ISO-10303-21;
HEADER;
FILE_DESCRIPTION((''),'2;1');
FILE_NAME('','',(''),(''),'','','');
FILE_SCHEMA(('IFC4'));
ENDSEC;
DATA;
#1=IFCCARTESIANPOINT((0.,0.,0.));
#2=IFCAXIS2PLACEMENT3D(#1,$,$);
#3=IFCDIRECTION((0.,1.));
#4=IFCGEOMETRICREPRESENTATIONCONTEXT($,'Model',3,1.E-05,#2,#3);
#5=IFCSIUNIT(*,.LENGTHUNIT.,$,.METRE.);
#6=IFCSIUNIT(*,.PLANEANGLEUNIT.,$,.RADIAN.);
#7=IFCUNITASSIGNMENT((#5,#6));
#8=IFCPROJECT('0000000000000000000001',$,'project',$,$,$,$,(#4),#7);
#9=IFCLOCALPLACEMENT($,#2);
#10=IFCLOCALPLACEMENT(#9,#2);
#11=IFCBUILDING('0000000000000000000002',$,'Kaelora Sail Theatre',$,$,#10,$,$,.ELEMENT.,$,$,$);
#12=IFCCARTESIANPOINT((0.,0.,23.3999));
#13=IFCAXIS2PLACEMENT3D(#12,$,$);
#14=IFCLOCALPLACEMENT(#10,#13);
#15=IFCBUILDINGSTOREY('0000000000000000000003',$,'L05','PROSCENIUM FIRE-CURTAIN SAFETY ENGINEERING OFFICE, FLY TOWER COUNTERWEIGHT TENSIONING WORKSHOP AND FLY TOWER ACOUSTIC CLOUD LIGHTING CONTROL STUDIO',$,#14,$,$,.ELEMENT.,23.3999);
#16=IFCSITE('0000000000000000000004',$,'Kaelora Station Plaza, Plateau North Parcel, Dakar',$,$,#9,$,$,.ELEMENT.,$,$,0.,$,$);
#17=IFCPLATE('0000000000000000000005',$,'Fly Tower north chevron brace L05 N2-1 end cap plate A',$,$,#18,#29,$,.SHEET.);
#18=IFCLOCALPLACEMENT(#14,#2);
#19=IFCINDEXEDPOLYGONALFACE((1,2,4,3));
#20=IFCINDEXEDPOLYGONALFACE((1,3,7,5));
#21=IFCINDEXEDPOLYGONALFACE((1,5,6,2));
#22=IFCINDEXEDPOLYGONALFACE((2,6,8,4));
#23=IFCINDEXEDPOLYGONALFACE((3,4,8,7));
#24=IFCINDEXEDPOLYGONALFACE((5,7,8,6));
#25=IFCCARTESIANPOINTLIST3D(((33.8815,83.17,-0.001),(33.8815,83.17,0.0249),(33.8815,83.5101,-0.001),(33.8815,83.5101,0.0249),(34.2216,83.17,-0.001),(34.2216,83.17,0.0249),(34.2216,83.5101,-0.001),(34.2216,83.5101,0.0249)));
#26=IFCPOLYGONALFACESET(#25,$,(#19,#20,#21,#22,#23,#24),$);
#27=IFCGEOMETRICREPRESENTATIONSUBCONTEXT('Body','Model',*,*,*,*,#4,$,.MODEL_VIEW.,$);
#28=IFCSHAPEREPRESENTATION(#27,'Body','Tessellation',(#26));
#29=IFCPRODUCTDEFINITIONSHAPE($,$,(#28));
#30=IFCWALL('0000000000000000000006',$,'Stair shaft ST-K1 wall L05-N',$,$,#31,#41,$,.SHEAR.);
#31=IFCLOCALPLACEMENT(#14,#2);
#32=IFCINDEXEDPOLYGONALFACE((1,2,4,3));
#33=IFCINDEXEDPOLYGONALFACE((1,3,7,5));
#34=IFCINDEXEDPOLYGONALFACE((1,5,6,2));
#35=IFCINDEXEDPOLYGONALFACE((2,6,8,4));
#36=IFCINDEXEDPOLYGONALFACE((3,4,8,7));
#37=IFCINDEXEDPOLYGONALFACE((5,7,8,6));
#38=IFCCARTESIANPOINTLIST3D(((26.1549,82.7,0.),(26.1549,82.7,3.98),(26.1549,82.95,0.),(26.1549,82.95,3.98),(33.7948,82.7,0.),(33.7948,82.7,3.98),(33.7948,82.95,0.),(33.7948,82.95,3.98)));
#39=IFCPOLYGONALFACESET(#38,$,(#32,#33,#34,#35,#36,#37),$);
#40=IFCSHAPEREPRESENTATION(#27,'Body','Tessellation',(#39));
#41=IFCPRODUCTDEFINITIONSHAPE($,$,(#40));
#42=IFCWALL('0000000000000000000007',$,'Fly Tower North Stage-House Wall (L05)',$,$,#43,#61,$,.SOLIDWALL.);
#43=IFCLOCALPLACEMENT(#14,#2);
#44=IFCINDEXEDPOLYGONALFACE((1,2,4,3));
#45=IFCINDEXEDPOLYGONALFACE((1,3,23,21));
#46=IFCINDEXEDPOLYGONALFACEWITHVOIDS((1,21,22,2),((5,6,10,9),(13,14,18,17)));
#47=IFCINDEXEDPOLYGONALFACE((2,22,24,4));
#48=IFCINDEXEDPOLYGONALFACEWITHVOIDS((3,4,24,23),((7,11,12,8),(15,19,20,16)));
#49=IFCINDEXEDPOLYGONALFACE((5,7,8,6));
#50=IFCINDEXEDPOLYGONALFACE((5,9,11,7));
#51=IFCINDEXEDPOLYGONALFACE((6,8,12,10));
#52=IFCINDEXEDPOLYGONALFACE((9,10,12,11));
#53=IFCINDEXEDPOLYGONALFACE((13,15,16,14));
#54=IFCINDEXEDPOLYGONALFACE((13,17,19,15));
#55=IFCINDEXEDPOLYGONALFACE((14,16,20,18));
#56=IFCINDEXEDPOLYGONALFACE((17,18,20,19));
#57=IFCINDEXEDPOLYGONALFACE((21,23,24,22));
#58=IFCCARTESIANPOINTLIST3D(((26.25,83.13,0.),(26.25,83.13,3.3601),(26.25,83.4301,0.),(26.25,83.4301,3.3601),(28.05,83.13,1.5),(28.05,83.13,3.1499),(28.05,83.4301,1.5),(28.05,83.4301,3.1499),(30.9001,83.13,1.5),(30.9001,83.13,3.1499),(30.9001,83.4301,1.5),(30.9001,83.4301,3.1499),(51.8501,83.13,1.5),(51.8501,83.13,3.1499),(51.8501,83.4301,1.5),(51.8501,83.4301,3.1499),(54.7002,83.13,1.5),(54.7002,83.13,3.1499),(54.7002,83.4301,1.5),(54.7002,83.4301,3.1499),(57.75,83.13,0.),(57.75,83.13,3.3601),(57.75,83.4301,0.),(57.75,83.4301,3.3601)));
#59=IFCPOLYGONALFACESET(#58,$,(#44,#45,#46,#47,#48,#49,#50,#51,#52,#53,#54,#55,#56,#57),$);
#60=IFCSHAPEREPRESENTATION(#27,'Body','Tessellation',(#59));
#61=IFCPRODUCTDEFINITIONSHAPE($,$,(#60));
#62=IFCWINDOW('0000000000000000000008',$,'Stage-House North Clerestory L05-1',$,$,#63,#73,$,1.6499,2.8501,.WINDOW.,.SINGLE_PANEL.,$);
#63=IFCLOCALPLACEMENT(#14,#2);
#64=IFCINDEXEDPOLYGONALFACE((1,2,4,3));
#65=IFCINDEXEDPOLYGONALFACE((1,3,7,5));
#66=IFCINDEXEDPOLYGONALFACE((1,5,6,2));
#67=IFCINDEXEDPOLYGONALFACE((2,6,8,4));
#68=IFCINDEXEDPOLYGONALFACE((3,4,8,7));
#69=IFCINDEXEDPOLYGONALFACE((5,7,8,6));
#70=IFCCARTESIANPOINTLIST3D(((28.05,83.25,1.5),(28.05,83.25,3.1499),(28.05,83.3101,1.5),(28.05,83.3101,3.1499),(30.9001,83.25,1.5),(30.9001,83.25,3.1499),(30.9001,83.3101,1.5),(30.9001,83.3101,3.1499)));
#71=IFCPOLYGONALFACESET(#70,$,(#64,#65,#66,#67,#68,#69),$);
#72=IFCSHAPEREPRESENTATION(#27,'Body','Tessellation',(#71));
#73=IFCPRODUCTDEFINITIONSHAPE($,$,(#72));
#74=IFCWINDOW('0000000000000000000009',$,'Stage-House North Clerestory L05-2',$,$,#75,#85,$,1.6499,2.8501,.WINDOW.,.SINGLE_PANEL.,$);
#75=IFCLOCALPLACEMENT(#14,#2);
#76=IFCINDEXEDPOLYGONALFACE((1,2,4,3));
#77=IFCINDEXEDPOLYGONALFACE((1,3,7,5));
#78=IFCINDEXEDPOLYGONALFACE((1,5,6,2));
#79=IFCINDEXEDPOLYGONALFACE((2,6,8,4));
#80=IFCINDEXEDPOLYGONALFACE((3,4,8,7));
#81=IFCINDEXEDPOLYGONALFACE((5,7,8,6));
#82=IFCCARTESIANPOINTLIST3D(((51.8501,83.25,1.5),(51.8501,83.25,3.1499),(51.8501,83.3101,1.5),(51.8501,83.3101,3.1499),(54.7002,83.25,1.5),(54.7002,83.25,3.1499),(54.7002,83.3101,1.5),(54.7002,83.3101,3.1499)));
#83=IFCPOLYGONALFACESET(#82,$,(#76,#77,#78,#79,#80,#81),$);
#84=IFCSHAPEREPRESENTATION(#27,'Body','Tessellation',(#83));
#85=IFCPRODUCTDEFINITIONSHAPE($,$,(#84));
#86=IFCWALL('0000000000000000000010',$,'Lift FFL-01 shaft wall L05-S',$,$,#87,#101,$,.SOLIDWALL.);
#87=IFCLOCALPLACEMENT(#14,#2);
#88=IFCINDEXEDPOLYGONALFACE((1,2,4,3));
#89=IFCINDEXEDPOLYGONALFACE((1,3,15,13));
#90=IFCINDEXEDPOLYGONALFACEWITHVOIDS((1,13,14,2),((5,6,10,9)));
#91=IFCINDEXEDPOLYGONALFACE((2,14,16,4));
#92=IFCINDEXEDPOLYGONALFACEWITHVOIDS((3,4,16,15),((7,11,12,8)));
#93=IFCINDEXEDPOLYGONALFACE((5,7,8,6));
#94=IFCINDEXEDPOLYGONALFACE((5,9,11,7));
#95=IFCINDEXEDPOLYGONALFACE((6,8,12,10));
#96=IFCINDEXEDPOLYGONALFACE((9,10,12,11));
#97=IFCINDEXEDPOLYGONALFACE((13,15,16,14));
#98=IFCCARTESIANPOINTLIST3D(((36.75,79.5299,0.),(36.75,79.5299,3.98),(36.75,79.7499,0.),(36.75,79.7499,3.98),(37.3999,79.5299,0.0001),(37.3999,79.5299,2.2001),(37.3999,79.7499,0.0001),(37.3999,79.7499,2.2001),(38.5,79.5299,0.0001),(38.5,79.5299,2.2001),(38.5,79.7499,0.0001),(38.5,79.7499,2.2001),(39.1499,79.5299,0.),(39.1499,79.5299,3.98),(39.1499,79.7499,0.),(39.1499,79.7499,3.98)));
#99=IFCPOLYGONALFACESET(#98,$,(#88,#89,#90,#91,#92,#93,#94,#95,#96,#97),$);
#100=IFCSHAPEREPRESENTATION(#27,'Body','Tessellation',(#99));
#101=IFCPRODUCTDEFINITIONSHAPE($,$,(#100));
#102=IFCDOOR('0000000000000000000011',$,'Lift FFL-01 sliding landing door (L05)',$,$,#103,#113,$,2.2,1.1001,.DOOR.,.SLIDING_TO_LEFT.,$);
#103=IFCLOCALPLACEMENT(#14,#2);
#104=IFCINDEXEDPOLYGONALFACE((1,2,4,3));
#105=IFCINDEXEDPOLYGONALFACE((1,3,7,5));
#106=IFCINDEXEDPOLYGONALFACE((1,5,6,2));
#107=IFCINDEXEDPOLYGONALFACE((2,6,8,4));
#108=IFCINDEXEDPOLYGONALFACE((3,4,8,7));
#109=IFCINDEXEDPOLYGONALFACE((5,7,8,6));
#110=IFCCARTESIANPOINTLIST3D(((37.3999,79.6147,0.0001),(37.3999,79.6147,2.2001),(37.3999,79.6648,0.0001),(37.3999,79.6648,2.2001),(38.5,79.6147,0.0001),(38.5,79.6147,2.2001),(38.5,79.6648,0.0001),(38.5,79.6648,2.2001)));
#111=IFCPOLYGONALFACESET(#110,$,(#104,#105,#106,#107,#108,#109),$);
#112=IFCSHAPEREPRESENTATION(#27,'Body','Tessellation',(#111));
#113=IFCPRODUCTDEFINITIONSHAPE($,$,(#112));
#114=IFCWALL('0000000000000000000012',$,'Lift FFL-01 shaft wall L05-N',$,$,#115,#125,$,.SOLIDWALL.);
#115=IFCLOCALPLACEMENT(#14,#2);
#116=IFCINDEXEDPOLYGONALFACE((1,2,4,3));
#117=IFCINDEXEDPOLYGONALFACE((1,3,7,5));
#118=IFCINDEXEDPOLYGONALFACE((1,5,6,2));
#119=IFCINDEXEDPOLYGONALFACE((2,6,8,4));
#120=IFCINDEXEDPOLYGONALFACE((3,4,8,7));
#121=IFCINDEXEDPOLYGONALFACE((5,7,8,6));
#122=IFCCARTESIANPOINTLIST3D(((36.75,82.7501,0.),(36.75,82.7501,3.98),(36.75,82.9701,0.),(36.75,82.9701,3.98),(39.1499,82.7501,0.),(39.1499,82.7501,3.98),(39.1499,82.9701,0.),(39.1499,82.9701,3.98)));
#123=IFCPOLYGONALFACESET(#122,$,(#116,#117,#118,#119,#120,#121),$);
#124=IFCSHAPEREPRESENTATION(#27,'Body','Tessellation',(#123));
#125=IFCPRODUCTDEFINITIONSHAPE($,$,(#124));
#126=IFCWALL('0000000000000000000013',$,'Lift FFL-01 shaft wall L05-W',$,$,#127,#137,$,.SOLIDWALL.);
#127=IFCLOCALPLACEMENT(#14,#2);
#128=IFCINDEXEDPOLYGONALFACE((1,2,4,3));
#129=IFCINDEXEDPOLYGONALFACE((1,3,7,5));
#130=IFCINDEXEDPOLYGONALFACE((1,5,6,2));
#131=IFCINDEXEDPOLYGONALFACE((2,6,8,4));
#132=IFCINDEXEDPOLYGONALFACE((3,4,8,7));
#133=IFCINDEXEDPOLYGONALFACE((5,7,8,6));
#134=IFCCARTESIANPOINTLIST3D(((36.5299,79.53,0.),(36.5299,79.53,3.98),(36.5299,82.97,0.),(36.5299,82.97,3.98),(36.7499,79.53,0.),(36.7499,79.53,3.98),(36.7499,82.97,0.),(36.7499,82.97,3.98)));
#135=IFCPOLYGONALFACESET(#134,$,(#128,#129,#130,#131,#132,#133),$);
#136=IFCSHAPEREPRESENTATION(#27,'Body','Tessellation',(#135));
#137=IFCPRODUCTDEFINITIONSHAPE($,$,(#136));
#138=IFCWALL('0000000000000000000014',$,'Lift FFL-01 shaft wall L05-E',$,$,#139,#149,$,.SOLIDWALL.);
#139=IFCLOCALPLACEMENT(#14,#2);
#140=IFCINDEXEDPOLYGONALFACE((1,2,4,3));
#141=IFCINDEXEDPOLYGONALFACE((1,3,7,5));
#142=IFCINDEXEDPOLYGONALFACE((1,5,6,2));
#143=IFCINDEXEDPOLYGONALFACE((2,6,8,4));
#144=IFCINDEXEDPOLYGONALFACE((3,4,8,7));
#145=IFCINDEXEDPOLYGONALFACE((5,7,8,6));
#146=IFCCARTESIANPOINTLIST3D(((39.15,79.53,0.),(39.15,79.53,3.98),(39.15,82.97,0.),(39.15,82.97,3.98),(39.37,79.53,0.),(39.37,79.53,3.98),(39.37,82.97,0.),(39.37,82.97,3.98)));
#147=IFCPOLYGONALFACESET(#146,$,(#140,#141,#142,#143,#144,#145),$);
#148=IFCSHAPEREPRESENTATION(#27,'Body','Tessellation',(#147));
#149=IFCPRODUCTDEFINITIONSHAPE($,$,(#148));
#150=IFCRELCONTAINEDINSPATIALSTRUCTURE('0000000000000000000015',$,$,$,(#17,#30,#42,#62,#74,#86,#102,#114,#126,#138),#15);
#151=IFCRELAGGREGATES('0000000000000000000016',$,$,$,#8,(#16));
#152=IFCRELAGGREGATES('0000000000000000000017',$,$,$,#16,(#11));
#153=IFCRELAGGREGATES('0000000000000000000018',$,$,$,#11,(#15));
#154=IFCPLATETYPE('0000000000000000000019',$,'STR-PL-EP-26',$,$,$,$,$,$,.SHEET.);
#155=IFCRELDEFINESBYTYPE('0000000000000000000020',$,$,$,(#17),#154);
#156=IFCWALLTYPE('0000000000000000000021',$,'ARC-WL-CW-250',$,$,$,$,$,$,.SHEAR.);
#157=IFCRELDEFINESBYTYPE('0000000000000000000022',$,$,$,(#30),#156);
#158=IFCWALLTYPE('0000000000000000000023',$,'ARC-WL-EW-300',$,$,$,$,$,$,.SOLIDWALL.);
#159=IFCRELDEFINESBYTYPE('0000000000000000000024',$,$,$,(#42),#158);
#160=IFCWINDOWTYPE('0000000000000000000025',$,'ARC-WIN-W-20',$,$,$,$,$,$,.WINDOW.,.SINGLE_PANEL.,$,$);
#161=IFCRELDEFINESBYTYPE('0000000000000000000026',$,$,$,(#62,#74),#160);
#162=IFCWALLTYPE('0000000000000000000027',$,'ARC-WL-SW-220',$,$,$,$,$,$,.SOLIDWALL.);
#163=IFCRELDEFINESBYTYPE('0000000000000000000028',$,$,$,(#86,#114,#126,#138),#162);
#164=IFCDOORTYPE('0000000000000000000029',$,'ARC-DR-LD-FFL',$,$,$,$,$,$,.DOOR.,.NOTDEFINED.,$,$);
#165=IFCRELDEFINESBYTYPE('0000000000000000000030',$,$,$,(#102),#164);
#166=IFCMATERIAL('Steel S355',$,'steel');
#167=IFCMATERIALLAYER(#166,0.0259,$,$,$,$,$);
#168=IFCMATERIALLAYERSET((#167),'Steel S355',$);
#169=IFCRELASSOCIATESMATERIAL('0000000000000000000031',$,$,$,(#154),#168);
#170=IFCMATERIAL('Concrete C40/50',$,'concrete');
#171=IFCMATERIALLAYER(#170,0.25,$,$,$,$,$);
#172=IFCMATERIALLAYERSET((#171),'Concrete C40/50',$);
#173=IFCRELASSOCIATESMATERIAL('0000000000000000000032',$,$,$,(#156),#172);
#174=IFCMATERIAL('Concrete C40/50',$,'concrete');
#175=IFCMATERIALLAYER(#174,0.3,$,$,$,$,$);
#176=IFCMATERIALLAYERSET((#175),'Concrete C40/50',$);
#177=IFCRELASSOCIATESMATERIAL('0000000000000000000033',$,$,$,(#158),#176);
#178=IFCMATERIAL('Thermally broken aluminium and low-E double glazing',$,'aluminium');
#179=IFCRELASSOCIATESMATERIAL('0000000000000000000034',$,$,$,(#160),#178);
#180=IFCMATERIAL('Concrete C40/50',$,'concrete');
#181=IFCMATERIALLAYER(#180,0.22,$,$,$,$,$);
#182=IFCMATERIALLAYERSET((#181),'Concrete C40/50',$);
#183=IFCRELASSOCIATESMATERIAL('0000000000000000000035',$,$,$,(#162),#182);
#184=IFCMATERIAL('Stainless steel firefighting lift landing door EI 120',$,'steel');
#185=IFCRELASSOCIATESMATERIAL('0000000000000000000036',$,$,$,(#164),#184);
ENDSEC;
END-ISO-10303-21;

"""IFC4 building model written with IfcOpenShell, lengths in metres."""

from ifc_helpers import new_model, si_unit, direction, frame, frame_2d, origin, origin_2d, place, context, subcontext, project, spatial, rectangle, extrude, material, layer, layer_set, type_object, element, fill, save


model = new_model("IFC4")

# Units and contexts
model_context = context("Model", 3, precision=1e-05, world=origin(), true_north=direction((0.0, 1.0)))
body_context = subcontext(model_context, "Body", "Model", "MODEL_VIEW")
ifc_project = project(units=[si_unit("LENGTHUNIT", "METRE"), si_unit("PLANEANGLEUNIT", "RADIAN")], contexts=[model_context])

# Site, building, storey
site_placement = place(None, origin())
site = spatial("IfcSite", under=ifc_project, at=site_placement, Name="Kaelora Station Plaza, Plateau North Parcel, Dakar", CompositionType="ELEMENT", RefElevation=0.0)
building_placement = place(site_placement, origin())
building = spatial("IfcBuilding", under=site, at=building_placement, Name="Kaelora Sail Theatre", CompositionType="ELEMENT")
storey_placement = place(building_placement, frame((0.0, 0.0, 23.3999)))
storey = spatial("IfcBuildingStorey", under=building, at=storey_placement, Name="L05", Description="PROSCENIUM FIRE-CURTAIN SAFETY ENGINEERING OFFICE, FLY TOWER COUNTERWEIGHT TENSIONING WORKSHOP AND FLY TOWER ACOUSTIC CLOUD LIGHTING CONTROL STUDIO", CompositionType="ELEMENT", Elevation=23.3999)

# Plate
ifc_material_1 = material(Name="Steel S355", Category="steel")
ifc_layer_1 = layer(ifc_material_1, 0.0259)
ifc_layer_set_1 = layer_set([ifc_layer_1], Name="Steel S355")
plate_type = type_object("IfcPlateType", Name="STR-PL-EP-26", PredefinedType="SHEET", material=ifc_layer_set_1)
plate_placement = place(storey_placement, frame((34.0515, 83.3401, -0.001), z_axis=(0.0, 0.0, 1.0), x_axis=(1.0, 0.0, 0.0)))
element("IfcPlate", 1, at=plate_placement, inside=storey, type_object=plate_type, Name="Fly Tower north chevron brace L05 N2-1 end cap plate A", PredefinedType="SHEET", context=body_context, shape_type="SweptSolid", body=[
    extrude(rectangle(XDim=0.3401, YDim=0.3401, at=origin_2d()), origin(), (0.0, 0.0, 1.0), 0.0259),
])

# Wall
ifc_material_2 = material(Name="Concrete C40/50", Category="concrete")
ifc_layer_2 = layer(ifc_material_2, 0.25)
ifc_layer_set_2 = layer_set([ifc_layer_2], Name="Concrete C40/50")
wall_type_1 = type_object("IfcWallType", Name="ARC-WL-CW-250", PredefinedType="SHEAR", material=ifc_layer_set_2)
wall_1_placement = place(storey_placement, frame((26.155, 82.825, 0.0), z_axis=(0.0, 0.0, 1.0), x_axis=(1.0, 0.0, 0.0)))
element("IfcWall", 2, at=wall_1_placement, inside=storey, type_object=wall_type_1, Name="Stair shaft ST-K1 wall L05-N", PredefinedType="SHEAR", context=body_context, shape_type="SweptSolid", body=[
    extrude(rectangle(XDim=7.6399, YDim=0.25, at=frame_2d((3.8198, 0.0))), origin(), (0.0, 0.0, 1.0), 3.98),
])

# Wall, openings, windows
ifc_material_3 = material(Name="Concrete C40/50", Category="concrete")
ifc_layer_3 = layer(ifc_material_3, 0.3)
ifc_layer_set_3 = layer_set([ifc_layer_3], Name="Concrete C40/50")
wall_type_2 = type_object("IfcWallType", Name="ARC-WL-EW-300", PredefinedType="SOLIDWALL", material=ifc_layer_set_3)
wall_2_placement = place(storey_placement, frame((26.25, 83.28, 0.0), z_axis=(0.0, 0.0, 1.0), x_axis=(1.0, 0.0, 0.0)))
wall_2 = element("IfcWall", 3, at=wall_2_placement, inside=storey, type_object=wall_type_2, Name="Fly Tower North Stage-House Wall (L05)", PredefinedType="SOLIDWALL", context=body_context, shape_type="SweptSolid", body=[
    extrude(rectangle(XDim=31.5, YDim=0.3, at=frame_2d((15.75, 0.0))), origin(), (0.0, 0.0, 1.0), 3.3601),
])
opening_1_placement = place(wall_2_placement, frame((1.8, 0.0, 1.5)))
opening_1 = element("IfcOpeningElement", 4, at=opening_1_placement, cuts=wall_2, PredefinedType="OPENING", context=body_context, shape_type="SweptSolid", body=[
    extrude(rectangle(XDim=2.8501, YDim=1.6499, at=frame_2d((1.425, 0.825))), frame((0.0, 0.1599, 0.0), z_axis=(0.0, -1.0, 0.0), x_axis=(1.0, 0.0, 0.0)), (0.0, 0.0, 1.0), 0.32),
])
opening_2_placement = place(wall_2_placement, frame((25.6001, 0.0, 1.5)))
opening_2 = element("IfcOpeningElement", 5, at=opening_2_placement, cuts=wall_2, PredefinedType="OPENING", context=body_context, shape_type="SweptSolid", body=[
    extrude(rectangle(XDim=2.8501, YDim=1.6499, at=frame_2d((1.425, 0.825))), frame((0.0, 0.1599, 0.0), z_axis=(0.0, -1.0, 0.0), x_axis=(1.0, 0.0, 0.0)), (0.0, 0.0, 1.0), 0.32),
])
ifc_material_4 = material(Name="Thermally broken aluminium and low-E double glazing", Category="aluminium")
window_type = type_object("IfcWindowType", Name="ARC-WIN-W-20", PartitioningType="SINGLE_PANEL", PredefinedType="WINDOW", material=ifc_material_4)
window_1_placement = place(opening_1_placement, origin())
window_1 = element("IfcWindow", 6, at=window_1_placement, inside=storey, type_object=window_type, Name="Stage-House North Clerestory L05-1", OverallHeight=1.6499, OverallWidth=2.8501, PartitioningType="SINGLE_PANEL", PredefinedType="WINDOW", context=body_context, shape_type="SweptSolid", body=[
    extrude(rectangle(XDim=2.8501, YDim=1.6499, at=frame_2d((1.425, 0.825))), frame((0.0, 0.03, 0.0), z_axis=(0.0, -1.0, 0.0), x_axis=(1.0, 0.0, 0.0)), (0.0, 0.0, 1.0), 0.0601),
])
fill(opening_1, window_1)
window_2_placement = place(opening_2_placement, origin())
window_2 = element("IfcWindow", 7, at=window_2_placement, inside=storey, type_object=window_type, Name="Stage-House North Clerestory L05-2", OverallHeight=1.6499, OverallWidth=2.8501, PartitioningType="SINGLE_PANEL", PredefinedType="WINDOW", context=body_context, shape_type="SweptSolid", body=[
    extrude(rectangle(XDim=2.8501, YDim=1.6499, at=frame_2d((1.425, 0.825))), frame((0.0, 0.03, 0.0), z_axis=(0.0, -1.0, 0.0), x_axis=(1.0, 0.0, 0.0)), (0.0, 0.0, 1.0), 0.0601),
])
fill(opening_2, window_2)

# Wall, opening, door
ifc_material_5 = material(Name="Concrete C40/50", Category="concrete")
ifc_layer_4 = layer(ifc_material_5, 0.22)
ifc_layer_set_4 = layer_set([ifc_layer_4], Name="Concrete C40/50")
wall_type_3 = type_object("IfcWallType", Name="ARC-WL-SW-220", PredefinedType="SOLIDWALL", material=ifc_layer_set_4)
wall_3_placement = place(storey_placement, frame((36.75, 79.6399, 0.0), z_axis=(0.0, 0.0, 1.0), x_axis=(1.0, 0.0, 0.0)))
wall_3 = element("IfcWall", 8, at=wall_3_placement, inside=storey, type_object=wall_type_3, Name="Lift FFL-01 shaft wall L05-S", PredefinedType="SOLIDWALL", context=body_context, shape_type="SweptSolid", body=[
    extrude(rectangle(XDim=2.3999, YDim=0.22, at=frame_2d((1.2, 0.0))), origin(), (0.0, 0.0, 1.0), 3.98),
])
opening_3_placement = place(wall_3_placement, frame((0.6499, 0.0, 0.0)))
opening_3 = element("IfcOpeningElement", 9, at=opening_3_placement, cuts=wall_3, PredefinedType="OPENING", context=body_context, shape_type="SweptSolid", body=[
    extrude(rectangle(XDim=1.1001, YDim=2.2, at=frame_2d((0.55, 1.1001))), frame((0.0, 0.1199, 0.0), z_axis=(0.0, -1.0, 0.0), x_axis=(1.0, 0.0, 0.0)), (0.0, 0.0, 1.0), 0.24),
])
ifc_material_6 = material(Name="Stainless steel firefighting lift landing door EI 120", Category="steel")
door_type = type_object("IfcDoorType", Name="ARC-DR-LD-FFL", OperationType="NOTDEFINED", PredefinedType="DOOR", material=ifc_material_6)
door_1_placement = place(opening_3_placement, origin())
door_1 = element("IfcDoor", 10, at=door_1_placement, inside=storey, type_object=door_type, Name="Lift FFL-01 sliding landing door (L05)", OperationType="SLIDING_TO_LEFT", OverallHeight=2.2, OverallWidth=1.1001, PredefinedType="DOOR", context=body_context, shape_type="SweptSolid", body=[
    extrude(rectangle(XDim=1.1001, YDim=2.2, at=frame_2d((0.55, 1.1001))), frame((0.0, 0.0249, 0.0), z_axis=(0.0, -1.0, 0.0), x_axis=(1.0, 0.0, 0.0)), (0.0, 0.0, 1.0), 0.05),
])
fill(opening_3, door_1)

# Walls
wall_4_placement = place(storey_placement, frame((36.75, 82.8601, 0.0), z_axis=(0.0, 0.0, 1.0), x_axis=(1.0, 0.0, 0.0)))
element("IfcWall", 11, at=wall_4_placement, inside=storey, type_object=wall_type_3, Name="Lift FFL-01 shaft wall L05-N", PredefinedType="SOLIDWALL", context=body_context, shape_type="SweptSolid", body=[
    extrude(rectangle(XDim=2.3999, YDim=0.22, at=frame_2d((1.2, 0.0))), origin(), (0.0, 0.0, 1.0), 3.98),
])
for number, where, z_axis, x_axis, name in (
    (12, (36.6399, 79.53, 0.0), (0.0, 0.0, 1.0), (0.0, 1.0, 0.0), "Lift FFL-01 shaft wall L05-W"),
    (13, (39.26, 79.53, 0.0), (0.0, 0.0, 1.0), (0.0, 1.0, 0.0), "Lift FFL-01 shaft wall L05-E"),
):
    element("IfcWall", number, at=place(storey_placement, frame(where, z_axis=z_axis, x_axis=x_axis)), inside=storey, type_object=wall_type_3, Name=name, PredefinedType="SOLIDWALL", context=body_context, shape_type="SweptSolid", body=[
        extrude(rectangle(XDim=3.4399, YDim=0.22, at=frame_2d((1.72, 0.0))), origin(), (0.0, 0.0, 1.0), 3.98),
    ])

save(model, "model.ifc")
